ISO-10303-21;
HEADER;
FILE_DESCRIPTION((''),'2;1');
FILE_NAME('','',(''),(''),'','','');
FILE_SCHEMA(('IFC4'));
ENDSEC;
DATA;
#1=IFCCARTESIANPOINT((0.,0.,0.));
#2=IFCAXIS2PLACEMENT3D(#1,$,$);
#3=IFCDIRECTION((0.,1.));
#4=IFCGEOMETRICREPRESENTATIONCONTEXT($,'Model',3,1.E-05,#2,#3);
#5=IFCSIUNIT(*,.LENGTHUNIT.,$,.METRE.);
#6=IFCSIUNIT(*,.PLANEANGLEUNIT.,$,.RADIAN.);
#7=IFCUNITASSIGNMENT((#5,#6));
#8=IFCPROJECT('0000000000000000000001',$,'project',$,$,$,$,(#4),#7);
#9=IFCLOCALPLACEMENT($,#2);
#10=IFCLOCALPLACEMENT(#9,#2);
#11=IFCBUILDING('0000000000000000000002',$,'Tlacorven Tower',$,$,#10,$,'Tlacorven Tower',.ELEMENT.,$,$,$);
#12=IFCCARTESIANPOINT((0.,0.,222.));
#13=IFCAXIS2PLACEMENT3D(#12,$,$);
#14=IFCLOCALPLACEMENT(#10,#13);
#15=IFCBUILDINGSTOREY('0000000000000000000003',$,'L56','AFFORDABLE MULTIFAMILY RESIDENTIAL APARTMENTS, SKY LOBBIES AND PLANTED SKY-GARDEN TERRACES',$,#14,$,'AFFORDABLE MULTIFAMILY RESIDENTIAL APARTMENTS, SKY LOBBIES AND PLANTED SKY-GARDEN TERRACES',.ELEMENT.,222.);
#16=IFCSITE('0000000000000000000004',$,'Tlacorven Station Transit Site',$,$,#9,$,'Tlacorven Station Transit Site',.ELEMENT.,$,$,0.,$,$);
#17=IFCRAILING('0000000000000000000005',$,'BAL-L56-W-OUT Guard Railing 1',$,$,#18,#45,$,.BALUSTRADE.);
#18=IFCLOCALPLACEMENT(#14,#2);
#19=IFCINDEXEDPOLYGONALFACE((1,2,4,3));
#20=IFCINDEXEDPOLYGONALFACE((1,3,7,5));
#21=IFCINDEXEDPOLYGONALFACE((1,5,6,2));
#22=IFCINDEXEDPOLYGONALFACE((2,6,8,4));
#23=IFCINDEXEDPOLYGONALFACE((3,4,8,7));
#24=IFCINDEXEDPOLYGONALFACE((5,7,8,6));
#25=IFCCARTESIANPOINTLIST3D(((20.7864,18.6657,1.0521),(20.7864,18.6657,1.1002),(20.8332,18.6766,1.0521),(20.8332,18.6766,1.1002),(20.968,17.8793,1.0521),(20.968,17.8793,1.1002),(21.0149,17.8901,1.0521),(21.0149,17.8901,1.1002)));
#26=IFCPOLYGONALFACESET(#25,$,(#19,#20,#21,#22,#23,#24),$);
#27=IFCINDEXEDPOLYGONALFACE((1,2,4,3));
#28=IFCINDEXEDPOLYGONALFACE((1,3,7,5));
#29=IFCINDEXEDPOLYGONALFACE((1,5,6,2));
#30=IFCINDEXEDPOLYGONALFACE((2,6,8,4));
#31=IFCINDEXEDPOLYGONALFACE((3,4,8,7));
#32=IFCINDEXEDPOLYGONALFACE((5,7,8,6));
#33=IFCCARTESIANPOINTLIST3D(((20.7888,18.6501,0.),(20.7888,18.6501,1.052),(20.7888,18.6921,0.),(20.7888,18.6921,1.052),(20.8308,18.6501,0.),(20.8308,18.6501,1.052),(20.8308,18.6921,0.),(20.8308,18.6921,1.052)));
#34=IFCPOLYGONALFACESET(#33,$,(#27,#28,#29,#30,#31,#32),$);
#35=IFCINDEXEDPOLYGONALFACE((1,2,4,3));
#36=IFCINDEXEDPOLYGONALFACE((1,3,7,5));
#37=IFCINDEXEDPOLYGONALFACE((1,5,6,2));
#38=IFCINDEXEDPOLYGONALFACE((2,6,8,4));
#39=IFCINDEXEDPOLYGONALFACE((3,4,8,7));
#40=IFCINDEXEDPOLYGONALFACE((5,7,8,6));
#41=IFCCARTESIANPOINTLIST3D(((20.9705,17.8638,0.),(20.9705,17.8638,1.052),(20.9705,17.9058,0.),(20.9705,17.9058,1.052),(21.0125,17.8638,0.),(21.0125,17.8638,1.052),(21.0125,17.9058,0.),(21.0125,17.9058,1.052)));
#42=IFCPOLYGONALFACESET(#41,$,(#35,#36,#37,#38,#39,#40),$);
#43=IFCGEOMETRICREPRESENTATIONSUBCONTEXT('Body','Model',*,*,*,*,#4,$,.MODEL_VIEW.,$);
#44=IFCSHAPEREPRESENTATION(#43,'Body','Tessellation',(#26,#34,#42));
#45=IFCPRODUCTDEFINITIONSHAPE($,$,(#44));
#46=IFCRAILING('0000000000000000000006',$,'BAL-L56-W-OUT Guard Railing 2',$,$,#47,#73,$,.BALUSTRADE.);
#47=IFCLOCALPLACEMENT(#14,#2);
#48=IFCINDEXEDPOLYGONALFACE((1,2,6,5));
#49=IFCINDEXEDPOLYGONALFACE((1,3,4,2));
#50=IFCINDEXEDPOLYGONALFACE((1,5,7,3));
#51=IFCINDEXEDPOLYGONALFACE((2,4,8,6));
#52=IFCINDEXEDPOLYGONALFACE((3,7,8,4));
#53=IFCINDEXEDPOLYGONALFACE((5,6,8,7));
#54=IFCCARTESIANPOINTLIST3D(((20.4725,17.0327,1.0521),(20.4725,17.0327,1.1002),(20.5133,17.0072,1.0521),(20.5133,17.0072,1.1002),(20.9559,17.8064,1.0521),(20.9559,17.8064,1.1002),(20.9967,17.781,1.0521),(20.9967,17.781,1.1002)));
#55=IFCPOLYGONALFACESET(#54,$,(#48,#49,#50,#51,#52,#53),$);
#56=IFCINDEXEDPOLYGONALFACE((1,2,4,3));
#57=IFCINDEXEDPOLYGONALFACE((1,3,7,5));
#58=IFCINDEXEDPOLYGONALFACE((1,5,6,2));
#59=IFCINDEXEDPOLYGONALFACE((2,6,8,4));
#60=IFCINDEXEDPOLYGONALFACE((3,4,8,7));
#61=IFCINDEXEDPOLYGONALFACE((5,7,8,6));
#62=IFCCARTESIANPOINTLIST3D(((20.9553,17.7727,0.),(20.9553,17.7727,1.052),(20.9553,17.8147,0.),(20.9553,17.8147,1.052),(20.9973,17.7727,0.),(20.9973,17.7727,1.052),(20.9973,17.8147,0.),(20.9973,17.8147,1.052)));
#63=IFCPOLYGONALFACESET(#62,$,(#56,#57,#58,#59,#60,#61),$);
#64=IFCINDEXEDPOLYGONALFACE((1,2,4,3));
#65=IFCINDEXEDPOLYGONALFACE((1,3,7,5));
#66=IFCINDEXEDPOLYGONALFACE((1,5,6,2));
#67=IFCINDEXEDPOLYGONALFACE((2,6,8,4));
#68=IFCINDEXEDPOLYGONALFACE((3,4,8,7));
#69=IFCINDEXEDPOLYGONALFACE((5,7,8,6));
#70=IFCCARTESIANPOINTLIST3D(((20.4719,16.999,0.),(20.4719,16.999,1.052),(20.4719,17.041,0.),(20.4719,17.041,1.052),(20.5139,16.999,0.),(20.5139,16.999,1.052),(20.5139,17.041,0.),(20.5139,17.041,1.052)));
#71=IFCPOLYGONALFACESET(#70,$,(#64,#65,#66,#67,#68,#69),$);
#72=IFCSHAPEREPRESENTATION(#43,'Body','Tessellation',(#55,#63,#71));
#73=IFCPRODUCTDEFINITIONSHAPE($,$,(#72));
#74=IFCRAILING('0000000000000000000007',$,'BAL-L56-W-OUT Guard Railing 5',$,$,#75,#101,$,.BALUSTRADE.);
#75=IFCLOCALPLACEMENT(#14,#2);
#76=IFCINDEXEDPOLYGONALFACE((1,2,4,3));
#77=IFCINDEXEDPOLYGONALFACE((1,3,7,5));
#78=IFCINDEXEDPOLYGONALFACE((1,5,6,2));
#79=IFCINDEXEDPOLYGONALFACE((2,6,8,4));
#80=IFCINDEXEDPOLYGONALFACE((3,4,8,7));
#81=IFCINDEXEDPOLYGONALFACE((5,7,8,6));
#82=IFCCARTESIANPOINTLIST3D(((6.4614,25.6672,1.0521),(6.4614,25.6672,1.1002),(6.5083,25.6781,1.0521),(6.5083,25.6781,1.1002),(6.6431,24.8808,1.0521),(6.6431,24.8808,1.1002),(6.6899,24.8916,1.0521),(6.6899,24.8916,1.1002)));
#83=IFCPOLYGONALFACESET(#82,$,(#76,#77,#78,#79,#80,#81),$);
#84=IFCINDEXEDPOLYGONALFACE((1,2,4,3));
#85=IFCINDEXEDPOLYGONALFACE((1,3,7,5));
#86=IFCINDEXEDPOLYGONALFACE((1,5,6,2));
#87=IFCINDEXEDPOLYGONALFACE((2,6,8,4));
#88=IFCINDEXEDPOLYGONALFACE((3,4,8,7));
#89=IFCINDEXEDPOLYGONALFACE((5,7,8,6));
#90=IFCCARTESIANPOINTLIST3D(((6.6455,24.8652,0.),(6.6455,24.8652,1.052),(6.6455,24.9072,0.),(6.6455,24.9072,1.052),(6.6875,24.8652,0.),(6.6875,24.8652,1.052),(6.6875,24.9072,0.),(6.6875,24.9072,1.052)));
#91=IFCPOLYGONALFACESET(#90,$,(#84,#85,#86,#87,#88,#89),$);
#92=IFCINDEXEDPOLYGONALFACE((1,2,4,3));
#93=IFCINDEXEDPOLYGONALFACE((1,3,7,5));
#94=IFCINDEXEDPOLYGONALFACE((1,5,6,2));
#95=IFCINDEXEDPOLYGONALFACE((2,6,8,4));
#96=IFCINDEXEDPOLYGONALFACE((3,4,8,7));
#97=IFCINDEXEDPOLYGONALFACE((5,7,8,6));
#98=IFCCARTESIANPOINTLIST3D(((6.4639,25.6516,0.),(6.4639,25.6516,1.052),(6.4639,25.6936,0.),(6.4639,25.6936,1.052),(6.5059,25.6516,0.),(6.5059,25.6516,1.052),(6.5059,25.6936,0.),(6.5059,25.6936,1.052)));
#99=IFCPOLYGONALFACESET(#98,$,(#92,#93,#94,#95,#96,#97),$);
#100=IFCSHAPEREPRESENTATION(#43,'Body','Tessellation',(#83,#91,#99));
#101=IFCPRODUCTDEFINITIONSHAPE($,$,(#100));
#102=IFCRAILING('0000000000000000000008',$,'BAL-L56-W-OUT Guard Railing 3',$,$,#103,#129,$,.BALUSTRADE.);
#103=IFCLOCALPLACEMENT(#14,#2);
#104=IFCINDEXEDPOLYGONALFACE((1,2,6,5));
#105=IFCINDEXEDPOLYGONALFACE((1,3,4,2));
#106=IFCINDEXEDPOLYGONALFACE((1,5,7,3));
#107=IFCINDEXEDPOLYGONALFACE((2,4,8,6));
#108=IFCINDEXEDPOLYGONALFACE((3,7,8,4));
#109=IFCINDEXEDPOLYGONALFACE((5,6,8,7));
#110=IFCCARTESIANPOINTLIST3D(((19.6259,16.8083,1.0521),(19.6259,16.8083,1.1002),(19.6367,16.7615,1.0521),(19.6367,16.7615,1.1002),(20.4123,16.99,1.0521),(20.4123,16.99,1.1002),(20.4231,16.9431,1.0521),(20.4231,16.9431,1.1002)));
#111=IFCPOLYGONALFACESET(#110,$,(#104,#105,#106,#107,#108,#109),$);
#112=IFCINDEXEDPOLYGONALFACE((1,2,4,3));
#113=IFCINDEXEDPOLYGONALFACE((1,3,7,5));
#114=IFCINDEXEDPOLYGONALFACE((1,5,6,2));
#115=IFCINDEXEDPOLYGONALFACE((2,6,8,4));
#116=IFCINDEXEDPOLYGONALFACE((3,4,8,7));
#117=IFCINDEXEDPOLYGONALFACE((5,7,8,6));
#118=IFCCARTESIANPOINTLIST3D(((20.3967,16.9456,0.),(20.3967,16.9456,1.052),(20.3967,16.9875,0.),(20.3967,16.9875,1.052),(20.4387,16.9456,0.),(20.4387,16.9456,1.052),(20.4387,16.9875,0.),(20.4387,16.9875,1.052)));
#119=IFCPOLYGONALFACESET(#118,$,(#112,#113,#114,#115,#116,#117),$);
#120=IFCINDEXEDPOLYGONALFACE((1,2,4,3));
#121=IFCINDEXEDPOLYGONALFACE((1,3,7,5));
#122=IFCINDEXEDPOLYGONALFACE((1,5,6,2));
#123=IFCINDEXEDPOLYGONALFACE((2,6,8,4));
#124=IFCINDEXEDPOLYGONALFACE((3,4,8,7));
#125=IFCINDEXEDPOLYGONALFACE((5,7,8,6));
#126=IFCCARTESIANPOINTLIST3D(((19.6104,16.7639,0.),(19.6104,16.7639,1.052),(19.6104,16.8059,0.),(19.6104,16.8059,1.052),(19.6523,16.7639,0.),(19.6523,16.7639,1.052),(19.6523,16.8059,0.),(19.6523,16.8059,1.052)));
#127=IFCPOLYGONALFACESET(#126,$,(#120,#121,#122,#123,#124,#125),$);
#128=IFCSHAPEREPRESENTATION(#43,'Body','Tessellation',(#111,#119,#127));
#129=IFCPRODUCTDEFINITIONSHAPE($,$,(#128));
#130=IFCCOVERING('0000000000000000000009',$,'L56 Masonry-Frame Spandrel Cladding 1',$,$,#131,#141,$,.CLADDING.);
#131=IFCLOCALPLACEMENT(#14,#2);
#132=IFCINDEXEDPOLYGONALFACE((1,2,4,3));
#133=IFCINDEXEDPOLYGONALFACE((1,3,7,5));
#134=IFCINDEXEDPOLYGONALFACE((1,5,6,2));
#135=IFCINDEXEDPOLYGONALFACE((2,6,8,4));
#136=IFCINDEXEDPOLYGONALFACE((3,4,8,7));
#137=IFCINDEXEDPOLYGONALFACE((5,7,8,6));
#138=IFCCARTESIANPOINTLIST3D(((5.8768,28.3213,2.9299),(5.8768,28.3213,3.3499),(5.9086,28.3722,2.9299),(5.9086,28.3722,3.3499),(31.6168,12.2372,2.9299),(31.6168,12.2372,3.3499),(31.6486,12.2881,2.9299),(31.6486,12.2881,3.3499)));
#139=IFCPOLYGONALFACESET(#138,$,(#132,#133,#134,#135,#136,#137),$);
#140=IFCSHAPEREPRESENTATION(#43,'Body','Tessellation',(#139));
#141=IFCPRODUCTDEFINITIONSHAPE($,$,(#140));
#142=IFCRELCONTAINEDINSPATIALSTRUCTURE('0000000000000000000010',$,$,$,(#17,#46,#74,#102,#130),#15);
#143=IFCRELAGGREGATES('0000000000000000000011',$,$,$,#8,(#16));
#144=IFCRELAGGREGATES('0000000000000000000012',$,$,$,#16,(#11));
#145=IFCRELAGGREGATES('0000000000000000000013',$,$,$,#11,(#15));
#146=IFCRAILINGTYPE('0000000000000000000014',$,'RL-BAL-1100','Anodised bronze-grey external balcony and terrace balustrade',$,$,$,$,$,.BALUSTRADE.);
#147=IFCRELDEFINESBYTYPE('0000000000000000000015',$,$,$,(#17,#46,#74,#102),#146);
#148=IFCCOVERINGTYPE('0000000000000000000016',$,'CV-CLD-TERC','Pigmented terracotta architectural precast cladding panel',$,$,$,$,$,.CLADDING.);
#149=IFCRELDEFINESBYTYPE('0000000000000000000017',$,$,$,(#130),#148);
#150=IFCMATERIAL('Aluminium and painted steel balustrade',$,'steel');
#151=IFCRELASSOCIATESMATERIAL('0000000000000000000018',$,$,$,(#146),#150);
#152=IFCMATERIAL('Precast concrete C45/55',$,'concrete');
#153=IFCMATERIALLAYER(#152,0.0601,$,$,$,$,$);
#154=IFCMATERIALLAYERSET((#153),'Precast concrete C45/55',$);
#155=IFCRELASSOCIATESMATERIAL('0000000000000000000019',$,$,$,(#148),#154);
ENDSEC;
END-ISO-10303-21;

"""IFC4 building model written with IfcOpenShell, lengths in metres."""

from ifc_helpers import new_model, si_unit, direction, frame, origin, origin_2d, place, context, subcontext, project, spatial, rectangle, extrude, source, transform, mapped, material, layer, layer_set, type_object, element, save


model = new_model("IFC4")

# Units and contexts
model_context = context("Model", 3, precision=1e-05, world=origin(), true_north=direction((0.0, 1.0)))
body_context = subcontext(model_context, "Body", "Model", "MODEL_VIEW")
ifc_project = project(units=[si_unit("LENGTHUNIT", "METRE"), si_unit("PLANEANGLEUNIT", "RADIAN")], contexts=[model_context])

# Site, building, storey
site_placement = place(None, origin())
site = spatial("IfcSite", under=ifc_project, at=site_placement, Name="Tlacorven Station Transit Site", LongName="Tlacorven Station Transit Site", CompositionType="ELEMENT", RefElevation=0.0)
building_placement = place(site_placement, origin())
building = spatial("IfcBuilding", under=site, at=building_placement, Name="Tlacorven Tower", LongName="Tlacorven Tower", CompositionType="ELEMENT")
storey_placement = place(building_placement, frame((0.0, 0.0, 222.0)))
storey = spatial("IfcBuildingStorey", under=building, at=storey_placement, Name="L56", Description="AFFORDABLE MULTIFAMILY RESIDENTIAL APARTMENTS, SKY LOBBIES AND PLANTED SKY-GARDEN TERRACES", LongName="AFFORDABLE MULTIFAMILY RESIDENTIAL APARTMENTS, SKY LOBBIES AND PLANTED SKY-GARDEN TERRACES", CompositionType="ELEMENT", Elevation=222.0)

# Shared definitions
ifc_material_1 = material(Name="Precast concrete C45/55", Category="concrete")

# Railings
ifc_material_2 = material(Name="Aluminium and painted steel balustrade", Category="steel")
railing_type = type_object("IfcRailingType", Name="RL-BAL-1100", Description="Anodised bronze-grey external balcony and terrace balustrade", PredefinedType="BALUSTRADE", material=ifc_material_2)
shared_shape_1 = source(origin(), body_context, "Body", "SweptSolid", [
    extrude(rectangle(XDim=0.0481, YDim=0.0481, at=origin_2d()), frame((0.0, 0.0, 1.0762), z_axis=(0.225058, -0.974345, 0.0), x_axis=(0.974345, 0.225058, 0.0)), (0.0, 0.0, 1.0), 0.8071),
    extrude(rectangle(XDim=0.042, YDim=0.042, at=origin_2d()), origin(), (0.0, 0.0, 1.0), 1.052),
    extrude(rectangle(XDim=0.042, YDim=0.042, at=origin_2d()), frame((0.1816, -0.7864, 0.0)), (0.0, 0.0, 1.0), 1.052),
])
railing_1_placement = place(storey_placement, frame((20.8098, 18.6711, 0.0)))
element("IfcRailing", 1, at=railing_1_placement, inside=storey, type_object=railing_type, Name="BAL-L56-W-OUT Guard Railing 1", PredefinedType="BALUSTRADE", context=body_context, shape_type="MappedRepresentation", body=[
    mapped(shared_shape_1, transform((0.0, 0.0, 0.0), scale=1.0)),
])
shared_shape_2 = source(origin(), body_context, "Body", "SweptSolid", [
    extrude(rectangle(XDim=0.0481, YDim=0.0481, at=origin_2d()), frame((0.0, 0.0, 1.0762), z_axis=(-0.529879, -0.848073, 0.0), x_axis=(0.848073, -0.529879, 0.0)), (0.0, 0.0, 1.0), 0.9124),
    extrude(rectangle(XDim=0.042, YDim=0.042, at=origin_2d()), origin(), (0.0, 0.0, 1.0), 1.052),
    extrude(rectangle(XDim=0.042, YDim=0.042, at=origin_2d()), frame((-0.4834, -0.7737, 0.0)), (0.0, 0.0, 1.0), 1.052),
])
railing_2_placement = place(storey_placement, frame((20.9763, 17.7937, 0.0)))
element("IfcRailing", 2, at=railing_2_placement, inside=storey, type_object=railing_type, Name="BAL-L56-W-OUT Guard Railing 2", PredefinedType="BALUSTRADE", context=body_context, shape_type="MappedRepresentation", body=[
    mapped(shared_shape_2, transform((0.0, 0.0, 0.0), scale=1.0)),
])
shared_shape_3 = source(origin(), body_context, "Body", "SweptSolid", [
    extrude(rectangle(XDim=0.0481, YDim=0.0481, at=origin_2d()), frame((0.0, 0.0, 1.0762), z_axis=(-0.225058, 0.974345, 0.0), x_axis=(-0.974345, -0.225058, 0.0)), (0.0, 0.0, 1.0), 0.8071),
    extrude(rectangle(XDim=0.042, YDim=0.042, at=origin_2d()), origin(), (0.0, 0.0, 1.0), 1.052),
    extrude(rectangle(XDim=0.042, YDim=0.042, at=origin_2d()), frame((-0.1816, 0.7864, 0.0)), (0.0, 0.0, 1.0), 1.052),
])
railing_3_placement = place(storey_placement, frame((6.6665, 24.8862, 0.0)))
element("IfcRailing", 3, at=railing_3_placement, inside=storey, type_object=railing_type, Name="BAL-L56-W-OUT Guard Railing 5", PredefinedType="BALUSTRADE", context=body_context, shape_type="MappedRepresentation", body=[
    mapped(shared_shape_3, transform((0.0, 0.0, 0.0), scale=1.0)),
])
shared_shape_4 = source(origin(), body_context, "Body", "SweptSolid", [
    extrude(rectangle(XDim=0.0481, YDim=0.0481, at=origin_2d()), frame((0.0, 0.0, 1.0762), z_axis=(-0.974345, -0.225058, 0.0), x_axis=(0.225058, -0.974345, 0.0)), (0.0, 0.0, 1.0), 0.8071),
    extrude(rectangle(XDim=0.042, YDim=0.042, at=origin_2d()), origin(), (0.0, 0.0, 1.0), 1.052),
    extrude(rectangle(XDim=0.042, YDim=0.042, at=origin_2d()), frame((-0.7864, -0.1816, 0.0)), (0.0, 0.0, 1.0), 1.052),
])
railing_4_placement = place(storey_placement, frame((20.4177, 16.9666, 0.0)))
element("IfcRailing", 4, at=railing_4_placement, inside=storey, type_object=railing_type, Name="BAL-L56-W-OUT Guard Railing 3", PredefinedType="BALUSTRADE", context=body_context, shape_type="MappedRepresentation", body=[
    mapped(shared_shape_4, transform((0.0, 0.0, 0.0), scale=1.0)),
])

# Covering
ifc_layer_1 = layer(ifc_material_1, 0.0601)
ifc_layer_set_1 = layer_set([ifc_layer_1], Name="Precast concrete C45/55")
covering_type = type_object("IfcCoveringType", Name="CV-CLD-TERC", Description="Pigmented terracotta architectural precast cladding panel", PredefinedType="CLADDING", material=ifc_layer_set_1)
shared_shape_5 = source(origin(), body_context, "Body", "SweptSolid", [
    extrude(rectangle(XDim=30.3521, YDim=0.0601, at=origin_2d()), origin(), (0.0, 0.0, 1.0), 0.4199),
])
covering_placement = place(storey_placement, frame((18.7627, 20.3047, 2.9299), z_axis=(0.0, 0.0, 1.0), x_axis=(-0.848048, 0.529919, 0.0)))
element("IfcCovering", 5, at=covering_placement, inside=storey, type_object=covering_type, Name="L56 Masonry-Frame Spandrel Cladding 1", PredefinedType="CLADDING", context=body_context, shape_type="MappedRepresentation", body=[
    mapped(shared_shape_5, transform((0.0, 0.0, 0.0), scale=1.0)),
])

save(model, "model.ifc")
